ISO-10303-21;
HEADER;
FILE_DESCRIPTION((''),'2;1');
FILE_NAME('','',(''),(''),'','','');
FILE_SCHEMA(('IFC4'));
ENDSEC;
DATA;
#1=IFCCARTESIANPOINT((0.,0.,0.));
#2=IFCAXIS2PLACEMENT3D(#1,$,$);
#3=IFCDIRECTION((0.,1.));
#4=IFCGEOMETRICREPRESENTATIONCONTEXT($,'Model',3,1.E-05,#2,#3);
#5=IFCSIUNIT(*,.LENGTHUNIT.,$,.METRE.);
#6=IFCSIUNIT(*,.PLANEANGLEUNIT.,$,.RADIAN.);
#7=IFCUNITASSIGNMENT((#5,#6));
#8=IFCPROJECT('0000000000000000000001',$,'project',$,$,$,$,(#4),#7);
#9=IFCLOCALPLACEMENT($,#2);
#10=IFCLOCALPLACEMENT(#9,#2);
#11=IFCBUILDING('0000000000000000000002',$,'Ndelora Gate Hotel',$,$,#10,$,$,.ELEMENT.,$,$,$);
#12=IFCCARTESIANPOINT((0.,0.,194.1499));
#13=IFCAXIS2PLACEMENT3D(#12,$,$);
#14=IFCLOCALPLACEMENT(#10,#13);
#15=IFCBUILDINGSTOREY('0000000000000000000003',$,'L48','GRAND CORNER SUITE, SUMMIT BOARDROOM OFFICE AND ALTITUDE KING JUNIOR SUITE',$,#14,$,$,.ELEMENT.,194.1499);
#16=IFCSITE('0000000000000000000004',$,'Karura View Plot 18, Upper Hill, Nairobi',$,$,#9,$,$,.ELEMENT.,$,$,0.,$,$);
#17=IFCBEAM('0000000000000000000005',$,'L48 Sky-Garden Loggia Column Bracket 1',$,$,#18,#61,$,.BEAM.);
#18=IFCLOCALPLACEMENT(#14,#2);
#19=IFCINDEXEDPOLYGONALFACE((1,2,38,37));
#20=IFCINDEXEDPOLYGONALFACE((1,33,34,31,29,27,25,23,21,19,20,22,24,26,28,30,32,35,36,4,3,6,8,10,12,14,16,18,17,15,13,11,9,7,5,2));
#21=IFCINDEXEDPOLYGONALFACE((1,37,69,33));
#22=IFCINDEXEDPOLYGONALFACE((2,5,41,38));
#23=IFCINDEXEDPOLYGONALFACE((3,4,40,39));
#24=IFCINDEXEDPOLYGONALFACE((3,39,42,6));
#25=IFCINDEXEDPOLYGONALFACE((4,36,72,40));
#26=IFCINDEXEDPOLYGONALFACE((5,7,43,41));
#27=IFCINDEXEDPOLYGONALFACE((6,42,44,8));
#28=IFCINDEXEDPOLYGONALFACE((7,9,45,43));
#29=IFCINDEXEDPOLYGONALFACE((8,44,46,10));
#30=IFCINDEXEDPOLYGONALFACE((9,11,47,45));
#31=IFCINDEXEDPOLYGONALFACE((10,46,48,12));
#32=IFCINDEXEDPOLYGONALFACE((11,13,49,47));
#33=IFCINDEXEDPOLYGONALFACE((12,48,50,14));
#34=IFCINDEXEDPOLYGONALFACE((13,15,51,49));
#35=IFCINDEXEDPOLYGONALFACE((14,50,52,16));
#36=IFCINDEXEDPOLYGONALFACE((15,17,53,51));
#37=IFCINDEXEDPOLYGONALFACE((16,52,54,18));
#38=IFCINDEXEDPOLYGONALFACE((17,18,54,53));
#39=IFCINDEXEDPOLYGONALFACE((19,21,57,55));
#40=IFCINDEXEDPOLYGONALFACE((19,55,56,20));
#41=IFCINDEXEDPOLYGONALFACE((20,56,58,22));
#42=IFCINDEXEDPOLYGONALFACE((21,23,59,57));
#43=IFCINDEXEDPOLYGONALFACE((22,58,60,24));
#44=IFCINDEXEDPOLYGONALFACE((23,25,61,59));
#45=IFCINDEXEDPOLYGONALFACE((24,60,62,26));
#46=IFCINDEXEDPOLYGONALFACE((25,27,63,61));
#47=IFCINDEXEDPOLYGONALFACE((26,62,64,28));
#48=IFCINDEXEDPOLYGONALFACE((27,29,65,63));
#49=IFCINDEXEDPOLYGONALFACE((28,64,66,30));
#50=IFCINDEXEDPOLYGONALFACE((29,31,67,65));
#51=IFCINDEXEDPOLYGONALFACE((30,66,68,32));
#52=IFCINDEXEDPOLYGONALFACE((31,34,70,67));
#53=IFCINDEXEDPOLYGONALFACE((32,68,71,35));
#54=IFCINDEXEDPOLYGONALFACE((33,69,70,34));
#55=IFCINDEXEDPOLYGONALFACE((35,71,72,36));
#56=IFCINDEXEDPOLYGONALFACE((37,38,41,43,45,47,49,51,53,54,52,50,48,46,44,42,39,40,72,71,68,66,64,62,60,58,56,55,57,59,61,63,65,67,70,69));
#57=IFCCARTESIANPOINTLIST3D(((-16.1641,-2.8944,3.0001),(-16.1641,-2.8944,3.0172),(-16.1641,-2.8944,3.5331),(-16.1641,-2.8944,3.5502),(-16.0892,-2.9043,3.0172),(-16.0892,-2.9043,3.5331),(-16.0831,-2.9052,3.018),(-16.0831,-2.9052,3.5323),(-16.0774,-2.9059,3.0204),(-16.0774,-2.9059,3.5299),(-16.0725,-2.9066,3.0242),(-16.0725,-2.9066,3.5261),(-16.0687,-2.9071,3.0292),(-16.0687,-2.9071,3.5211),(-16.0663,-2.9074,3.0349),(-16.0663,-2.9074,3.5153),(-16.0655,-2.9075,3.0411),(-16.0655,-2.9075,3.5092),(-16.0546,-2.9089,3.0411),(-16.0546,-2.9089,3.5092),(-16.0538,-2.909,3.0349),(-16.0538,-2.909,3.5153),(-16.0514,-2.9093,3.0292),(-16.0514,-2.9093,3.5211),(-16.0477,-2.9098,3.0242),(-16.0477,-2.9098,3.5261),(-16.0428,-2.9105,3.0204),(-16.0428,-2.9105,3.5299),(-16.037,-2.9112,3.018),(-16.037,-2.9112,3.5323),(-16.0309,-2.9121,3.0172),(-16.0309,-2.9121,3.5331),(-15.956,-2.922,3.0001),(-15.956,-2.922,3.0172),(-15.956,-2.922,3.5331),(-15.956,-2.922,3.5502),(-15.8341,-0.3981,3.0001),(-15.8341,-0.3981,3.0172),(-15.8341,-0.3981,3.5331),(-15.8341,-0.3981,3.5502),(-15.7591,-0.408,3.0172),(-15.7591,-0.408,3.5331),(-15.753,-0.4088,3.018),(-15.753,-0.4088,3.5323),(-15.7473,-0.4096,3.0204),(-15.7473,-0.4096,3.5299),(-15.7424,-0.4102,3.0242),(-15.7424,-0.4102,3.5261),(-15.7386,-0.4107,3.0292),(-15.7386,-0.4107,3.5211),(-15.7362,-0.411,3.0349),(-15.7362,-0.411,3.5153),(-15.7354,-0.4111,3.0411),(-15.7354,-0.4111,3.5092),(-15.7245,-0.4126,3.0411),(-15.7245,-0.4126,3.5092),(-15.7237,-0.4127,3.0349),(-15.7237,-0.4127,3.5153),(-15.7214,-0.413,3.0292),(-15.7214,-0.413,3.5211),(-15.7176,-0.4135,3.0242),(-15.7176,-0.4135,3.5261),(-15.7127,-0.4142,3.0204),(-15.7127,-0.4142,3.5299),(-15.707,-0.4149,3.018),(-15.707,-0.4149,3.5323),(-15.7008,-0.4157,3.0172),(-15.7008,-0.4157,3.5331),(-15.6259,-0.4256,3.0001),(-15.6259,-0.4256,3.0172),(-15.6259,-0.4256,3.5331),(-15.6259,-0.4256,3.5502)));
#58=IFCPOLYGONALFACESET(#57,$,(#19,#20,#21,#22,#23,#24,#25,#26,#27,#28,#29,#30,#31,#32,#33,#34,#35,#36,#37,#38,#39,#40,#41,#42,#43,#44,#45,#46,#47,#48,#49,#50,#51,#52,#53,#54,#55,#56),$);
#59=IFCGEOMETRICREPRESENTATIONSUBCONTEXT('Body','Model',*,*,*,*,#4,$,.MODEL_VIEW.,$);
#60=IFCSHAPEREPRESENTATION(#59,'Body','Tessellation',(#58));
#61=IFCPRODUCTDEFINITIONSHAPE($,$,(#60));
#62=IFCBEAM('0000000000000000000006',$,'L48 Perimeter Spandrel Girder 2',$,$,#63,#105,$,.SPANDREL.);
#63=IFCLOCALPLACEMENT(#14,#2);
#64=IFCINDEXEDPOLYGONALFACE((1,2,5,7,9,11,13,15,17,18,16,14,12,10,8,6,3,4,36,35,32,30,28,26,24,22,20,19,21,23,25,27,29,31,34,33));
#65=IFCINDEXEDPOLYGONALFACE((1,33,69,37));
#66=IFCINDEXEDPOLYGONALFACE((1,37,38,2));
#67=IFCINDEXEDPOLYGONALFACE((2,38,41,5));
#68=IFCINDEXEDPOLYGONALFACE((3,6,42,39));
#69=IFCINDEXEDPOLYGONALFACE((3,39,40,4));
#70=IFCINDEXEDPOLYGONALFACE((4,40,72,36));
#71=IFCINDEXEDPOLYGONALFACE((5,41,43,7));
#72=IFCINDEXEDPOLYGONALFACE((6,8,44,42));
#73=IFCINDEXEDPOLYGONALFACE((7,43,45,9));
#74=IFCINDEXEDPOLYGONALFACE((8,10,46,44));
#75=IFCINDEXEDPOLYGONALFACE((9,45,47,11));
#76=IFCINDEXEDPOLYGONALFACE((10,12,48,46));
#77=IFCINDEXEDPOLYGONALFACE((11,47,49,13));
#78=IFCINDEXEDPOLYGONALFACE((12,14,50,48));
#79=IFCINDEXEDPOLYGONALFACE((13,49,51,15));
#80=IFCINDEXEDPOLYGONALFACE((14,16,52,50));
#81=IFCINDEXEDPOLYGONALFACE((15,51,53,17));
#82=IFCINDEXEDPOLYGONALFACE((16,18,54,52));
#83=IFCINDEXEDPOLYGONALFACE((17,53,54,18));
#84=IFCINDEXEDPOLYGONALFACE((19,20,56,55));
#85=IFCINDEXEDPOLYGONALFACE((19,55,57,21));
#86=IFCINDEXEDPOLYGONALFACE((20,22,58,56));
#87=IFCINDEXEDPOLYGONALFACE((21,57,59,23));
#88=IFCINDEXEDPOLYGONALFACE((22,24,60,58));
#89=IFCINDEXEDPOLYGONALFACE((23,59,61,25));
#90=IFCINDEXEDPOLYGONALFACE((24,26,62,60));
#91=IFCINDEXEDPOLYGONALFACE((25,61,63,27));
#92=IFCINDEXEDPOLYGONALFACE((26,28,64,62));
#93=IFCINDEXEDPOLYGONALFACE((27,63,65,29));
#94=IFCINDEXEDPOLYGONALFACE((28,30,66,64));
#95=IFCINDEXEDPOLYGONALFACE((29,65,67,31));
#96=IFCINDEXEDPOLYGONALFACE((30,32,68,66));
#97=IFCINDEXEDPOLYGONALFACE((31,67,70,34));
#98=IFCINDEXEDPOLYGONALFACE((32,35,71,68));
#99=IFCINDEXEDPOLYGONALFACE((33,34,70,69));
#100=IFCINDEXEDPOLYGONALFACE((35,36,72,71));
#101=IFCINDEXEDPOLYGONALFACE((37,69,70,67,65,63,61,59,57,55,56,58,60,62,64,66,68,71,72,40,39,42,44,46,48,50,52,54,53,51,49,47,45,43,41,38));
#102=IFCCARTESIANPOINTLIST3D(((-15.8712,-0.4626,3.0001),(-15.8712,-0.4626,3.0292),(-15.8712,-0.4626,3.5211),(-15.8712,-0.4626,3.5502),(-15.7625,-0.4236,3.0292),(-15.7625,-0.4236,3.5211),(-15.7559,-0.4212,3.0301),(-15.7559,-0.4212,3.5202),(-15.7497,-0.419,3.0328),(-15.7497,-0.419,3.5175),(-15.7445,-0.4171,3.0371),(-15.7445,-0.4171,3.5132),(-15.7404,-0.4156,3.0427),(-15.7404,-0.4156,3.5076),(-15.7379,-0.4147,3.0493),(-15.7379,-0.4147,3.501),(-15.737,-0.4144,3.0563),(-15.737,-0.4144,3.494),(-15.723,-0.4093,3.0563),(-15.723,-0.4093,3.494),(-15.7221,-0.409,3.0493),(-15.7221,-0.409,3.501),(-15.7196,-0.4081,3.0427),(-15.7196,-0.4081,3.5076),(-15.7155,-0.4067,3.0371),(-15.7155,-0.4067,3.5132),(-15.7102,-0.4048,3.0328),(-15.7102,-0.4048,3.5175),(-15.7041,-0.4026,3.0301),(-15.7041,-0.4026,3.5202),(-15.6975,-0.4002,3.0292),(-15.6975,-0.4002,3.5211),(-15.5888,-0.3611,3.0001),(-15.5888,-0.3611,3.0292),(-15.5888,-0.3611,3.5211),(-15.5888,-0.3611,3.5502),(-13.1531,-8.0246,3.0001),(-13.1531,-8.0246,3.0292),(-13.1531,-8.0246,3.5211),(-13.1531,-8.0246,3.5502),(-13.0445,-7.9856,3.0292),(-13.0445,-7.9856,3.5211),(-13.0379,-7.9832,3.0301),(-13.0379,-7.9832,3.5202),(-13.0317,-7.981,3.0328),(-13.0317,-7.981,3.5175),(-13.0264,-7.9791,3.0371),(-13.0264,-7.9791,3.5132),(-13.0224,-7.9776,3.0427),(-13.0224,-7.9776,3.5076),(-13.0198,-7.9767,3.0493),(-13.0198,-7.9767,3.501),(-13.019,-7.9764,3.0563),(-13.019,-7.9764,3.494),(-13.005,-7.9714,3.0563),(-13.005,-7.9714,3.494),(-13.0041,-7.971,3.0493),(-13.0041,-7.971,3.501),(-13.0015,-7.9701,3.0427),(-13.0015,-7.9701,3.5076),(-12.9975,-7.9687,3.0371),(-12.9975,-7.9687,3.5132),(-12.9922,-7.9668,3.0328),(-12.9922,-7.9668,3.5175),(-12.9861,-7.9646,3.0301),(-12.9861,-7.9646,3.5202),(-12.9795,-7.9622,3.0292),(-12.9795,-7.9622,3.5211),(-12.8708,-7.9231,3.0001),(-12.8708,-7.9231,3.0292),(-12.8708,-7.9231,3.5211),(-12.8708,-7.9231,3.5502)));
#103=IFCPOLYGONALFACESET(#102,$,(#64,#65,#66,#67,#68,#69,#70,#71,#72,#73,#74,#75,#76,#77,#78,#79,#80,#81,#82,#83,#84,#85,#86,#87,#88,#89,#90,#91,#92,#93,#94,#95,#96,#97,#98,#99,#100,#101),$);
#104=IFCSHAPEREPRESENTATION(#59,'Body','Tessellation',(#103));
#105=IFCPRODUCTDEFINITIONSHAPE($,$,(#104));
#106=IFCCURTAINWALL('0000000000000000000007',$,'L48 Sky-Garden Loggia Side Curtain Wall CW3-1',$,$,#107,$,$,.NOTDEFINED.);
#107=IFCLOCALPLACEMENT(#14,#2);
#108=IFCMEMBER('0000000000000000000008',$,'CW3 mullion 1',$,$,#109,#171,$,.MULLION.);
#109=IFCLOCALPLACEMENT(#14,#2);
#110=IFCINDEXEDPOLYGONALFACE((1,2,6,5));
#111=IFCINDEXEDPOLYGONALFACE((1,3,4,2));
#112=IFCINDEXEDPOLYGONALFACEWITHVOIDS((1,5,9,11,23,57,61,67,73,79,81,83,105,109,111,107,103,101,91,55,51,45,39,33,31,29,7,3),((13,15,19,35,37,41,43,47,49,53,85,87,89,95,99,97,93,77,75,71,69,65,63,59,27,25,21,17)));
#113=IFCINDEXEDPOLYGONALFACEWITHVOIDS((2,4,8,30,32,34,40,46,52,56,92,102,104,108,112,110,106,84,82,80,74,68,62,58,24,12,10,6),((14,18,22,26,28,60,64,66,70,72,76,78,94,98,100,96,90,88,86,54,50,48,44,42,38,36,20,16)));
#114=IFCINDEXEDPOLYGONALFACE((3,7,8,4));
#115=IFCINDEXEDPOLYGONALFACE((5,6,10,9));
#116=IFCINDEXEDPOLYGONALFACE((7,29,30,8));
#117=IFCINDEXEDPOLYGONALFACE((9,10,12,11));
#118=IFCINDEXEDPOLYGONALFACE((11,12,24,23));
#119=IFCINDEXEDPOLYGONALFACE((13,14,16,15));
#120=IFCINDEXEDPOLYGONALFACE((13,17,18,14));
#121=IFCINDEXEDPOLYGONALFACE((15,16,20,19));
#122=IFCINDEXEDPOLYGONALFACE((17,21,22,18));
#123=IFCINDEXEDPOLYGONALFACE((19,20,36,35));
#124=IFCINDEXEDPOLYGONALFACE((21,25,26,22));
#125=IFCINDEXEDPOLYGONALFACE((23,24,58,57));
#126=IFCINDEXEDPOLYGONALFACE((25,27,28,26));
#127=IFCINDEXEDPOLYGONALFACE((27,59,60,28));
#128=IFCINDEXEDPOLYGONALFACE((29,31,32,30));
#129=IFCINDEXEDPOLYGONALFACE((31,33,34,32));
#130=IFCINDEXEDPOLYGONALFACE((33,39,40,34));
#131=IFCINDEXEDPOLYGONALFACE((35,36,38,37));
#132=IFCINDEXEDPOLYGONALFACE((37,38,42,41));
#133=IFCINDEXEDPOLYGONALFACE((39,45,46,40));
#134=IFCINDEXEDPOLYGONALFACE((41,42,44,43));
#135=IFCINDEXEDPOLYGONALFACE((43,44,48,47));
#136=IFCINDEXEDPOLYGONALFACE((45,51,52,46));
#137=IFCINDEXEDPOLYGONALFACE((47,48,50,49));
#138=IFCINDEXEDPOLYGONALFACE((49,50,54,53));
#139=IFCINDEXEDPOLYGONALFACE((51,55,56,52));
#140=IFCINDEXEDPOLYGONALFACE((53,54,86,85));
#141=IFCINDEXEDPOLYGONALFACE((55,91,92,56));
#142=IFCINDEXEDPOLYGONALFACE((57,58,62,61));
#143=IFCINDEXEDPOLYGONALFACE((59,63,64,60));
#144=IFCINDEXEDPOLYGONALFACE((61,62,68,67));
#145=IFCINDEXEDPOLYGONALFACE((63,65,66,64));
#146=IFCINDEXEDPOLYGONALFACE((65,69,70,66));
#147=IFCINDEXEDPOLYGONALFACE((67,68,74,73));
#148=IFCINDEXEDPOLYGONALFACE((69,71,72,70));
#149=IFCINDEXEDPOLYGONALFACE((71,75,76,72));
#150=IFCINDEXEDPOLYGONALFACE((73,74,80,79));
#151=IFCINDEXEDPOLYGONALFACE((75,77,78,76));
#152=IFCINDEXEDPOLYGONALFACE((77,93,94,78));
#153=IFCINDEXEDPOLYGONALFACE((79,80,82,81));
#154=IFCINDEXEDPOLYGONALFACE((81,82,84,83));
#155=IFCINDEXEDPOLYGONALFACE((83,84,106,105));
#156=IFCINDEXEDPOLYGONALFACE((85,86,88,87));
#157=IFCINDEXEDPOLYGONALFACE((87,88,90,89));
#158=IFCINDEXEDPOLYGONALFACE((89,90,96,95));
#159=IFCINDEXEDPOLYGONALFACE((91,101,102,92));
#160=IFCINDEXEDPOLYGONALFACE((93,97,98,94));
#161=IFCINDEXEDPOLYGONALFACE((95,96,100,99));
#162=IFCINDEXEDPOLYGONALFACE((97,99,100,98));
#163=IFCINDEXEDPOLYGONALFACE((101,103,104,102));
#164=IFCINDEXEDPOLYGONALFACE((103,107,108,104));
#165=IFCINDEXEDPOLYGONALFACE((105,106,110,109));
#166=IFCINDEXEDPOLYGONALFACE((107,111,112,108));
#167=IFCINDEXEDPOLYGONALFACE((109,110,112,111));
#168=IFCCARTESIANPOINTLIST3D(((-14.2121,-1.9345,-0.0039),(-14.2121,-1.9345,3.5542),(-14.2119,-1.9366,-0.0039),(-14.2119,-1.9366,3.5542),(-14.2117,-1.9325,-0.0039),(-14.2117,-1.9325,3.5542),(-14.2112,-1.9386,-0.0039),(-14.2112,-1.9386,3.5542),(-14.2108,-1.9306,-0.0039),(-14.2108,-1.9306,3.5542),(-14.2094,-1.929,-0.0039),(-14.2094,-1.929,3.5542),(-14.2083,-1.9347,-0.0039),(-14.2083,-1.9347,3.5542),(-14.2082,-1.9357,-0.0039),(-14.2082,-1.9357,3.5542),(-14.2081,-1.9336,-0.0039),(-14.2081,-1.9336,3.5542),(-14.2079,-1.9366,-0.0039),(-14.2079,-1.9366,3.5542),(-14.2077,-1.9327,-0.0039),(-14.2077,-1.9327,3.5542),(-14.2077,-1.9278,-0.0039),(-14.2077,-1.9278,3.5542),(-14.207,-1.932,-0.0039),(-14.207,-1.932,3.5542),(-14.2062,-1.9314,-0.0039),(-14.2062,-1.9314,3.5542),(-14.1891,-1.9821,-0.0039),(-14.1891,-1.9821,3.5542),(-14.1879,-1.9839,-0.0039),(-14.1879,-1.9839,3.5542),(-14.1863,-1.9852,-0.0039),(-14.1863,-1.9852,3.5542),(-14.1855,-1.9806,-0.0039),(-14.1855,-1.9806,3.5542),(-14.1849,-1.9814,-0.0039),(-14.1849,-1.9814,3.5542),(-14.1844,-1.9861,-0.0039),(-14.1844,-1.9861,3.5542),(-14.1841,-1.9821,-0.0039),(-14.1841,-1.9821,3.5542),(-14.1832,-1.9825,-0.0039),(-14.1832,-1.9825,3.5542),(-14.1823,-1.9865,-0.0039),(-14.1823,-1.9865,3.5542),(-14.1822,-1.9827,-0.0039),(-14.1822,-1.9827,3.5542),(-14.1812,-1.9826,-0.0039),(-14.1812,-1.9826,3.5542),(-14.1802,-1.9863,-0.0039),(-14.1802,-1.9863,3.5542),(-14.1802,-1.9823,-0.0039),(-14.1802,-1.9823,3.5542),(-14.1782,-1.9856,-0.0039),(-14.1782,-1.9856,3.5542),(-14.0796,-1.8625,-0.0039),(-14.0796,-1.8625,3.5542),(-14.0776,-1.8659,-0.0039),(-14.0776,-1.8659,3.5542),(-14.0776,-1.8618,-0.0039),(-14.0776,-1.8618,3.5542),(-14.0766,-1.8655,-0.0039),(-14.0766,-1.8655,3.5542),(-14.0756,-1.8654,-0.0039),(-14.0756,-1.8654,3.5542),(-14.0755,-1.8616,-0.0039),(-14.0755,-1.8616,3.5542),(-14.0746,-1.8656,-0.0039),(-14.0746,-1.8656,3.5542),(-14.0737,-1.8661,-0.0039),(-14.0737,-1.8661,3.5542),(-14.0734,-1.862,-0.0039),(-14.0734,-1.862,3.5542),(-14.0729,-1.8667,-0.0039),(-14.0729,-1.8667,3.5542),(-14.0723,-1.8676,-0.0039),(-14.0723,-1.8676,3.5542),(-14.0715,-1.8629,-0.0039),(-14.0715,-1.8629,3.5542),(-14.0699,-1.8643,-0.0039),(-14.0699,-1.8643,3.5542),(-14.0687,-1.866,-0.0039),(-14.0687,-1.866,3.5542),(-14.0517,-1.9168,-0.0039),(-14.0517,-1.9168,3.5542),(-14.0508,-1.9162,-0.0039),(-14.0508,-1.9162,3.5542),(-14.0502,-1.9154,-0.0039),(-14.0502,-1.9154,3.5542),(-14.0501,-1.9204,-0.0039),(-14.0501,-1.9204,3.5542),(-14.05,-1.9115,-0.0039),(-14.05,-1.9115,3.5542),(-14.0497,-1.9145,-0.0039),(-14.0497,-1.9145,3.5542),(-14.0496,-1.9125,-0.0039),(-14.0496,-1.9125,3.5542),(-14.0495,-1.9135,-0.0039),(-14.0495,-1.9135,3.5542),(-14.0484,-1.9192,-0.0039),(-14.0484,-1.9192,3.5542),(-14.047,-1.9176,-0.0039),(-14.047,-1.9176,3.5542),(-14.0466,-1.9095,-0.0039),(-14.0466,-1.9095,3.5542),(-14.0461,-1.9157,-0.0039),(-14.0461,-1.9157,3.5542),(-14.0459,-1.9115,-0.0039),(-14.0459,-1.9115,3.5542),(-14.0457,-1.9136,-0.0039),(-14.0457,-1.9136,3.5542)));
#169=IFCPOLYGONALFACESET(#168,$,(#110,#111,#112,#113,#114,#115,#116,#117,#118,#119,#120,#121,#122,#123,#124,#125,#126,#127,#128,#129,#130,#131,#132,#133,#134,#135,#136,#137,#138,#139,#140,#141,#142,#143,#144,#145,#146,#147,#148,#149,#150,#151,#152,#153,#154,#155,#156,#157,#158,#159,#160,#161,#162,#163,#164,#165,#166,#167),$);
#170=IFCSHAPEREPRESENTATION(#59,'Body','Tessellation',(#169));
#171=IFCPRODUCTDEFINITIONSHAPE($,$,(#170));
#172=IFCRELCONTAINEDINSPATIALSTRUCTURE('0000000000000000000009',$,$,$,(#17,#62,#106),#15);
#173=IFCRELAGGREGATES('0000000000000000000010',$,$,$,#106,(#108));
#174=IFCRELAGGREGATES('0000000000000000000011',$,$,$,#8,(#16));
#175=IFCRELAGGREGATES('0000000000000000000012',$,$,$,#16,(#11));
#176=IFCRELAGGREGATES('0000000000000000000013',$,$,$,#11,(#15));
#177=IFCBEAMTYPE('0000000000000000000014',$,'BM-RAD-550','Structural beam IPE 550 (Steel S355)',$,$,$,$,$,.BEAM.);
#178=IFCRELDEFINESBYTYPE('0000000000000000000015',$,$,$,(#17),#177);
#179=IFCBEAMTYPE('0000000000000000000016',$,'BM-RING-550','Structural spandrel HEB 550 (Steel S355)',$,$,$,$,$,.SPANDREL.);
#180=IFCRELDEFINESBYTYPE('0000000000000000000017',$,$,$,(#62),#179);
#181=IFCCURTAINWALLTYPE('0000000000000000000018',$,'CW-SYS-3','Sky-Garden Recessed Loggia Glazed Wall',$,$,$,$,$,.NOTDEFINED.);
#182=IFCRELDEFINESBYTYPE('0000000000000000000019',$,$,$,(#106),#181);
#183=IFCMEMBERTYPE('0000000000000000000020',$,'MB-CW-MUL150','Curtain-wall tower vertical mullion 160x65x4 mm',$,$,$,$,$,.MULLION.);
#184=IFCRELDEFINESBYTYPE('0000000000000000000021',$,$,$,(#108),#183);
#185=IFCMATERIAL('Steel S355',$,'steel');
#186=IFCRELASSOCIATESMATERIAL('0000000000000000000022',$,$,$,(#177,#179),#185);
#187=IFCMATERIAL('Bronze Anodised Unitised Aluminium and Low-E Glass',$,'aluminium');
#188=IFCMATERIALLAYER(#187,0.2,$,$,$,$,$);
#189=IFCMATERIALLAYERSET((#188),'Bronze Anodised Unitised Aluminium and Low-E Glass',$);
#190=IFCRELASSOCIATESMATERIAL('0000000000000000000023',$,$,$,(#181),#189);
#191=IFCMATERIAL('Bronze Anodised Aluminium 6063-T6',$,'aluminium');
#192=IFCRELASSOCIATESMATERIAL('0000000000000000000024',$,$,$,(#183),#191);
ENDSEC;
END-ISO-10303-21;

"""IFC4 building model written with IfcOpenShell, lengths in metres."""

from ifc_helpers import new_model, si_unit, direction, frame, origin, origin_2d, place, context, subcontext, project, spatial, hollow_rectangle, i_section, extrude, material, layer, layer_set, material_profile, profile_set, type_object, element, aggregate, save


model = new_model("IFC4")

# Units and contexts
model_context = context("Model", 3, precision=1e-05, world=origin(), true_north=direction((0.0, 1.0)))
body_context = subcontext(model_context, "Body", "Model", "MODEL_VIEW")
ifc_project = project(units=[si_unit("LENGTHUNIT", "METRE"), si_unit("PLANEANGLEUNIT", "RADIAN")], contexts=[model_context])

# Site, building, storey
site_placement = place(None, origin())
site = spatial("IfcSite", under=ifc_project, at=site_placement, Name="Karura View Plot 18, Upper Hill, Nairobi", CompositionType="ELEMENT", RefElevation=0.0)
building_placement = place(site_placement, origin())
building = spatial("IfcBuilding", under=site, at=building_placement, Name="Ndelora Gate Hotel", CompositionType="ELEMENT")
storey_placement = place(building_placement, frame((0.0, 0.0, 194.1499)))
storey = spatial("IfcBuildingStorey", under=building, at=storey_placement, Name="L48", Description="GRAND CORNER SUITE, SUMMIT BOARDROOM OFFICE AND ALTITUDE KING JUNIOR SUITE", CompositionType="ELEMENT", Elevation=194.1499)

# Beams
ifc_material_1 = material(Name="Steel S355", Category="steel")
ifc_material_profile_1 = material_profile(ifc_material_1, i_section(OverallWidth=0.21, OverallDepth=0.55, WebThickness=0.011, FlangeThickness=0.0171, FilletRadius=0.0239, at=origin_2d()), Name="IPE 550")
ifc_profile_set_1 = profile_set([ifc_material_profile_1], Name="Steel S355")
beam_type_1 = type_object("IfcBeamType", Name="BM-RAD-550", Description="Structural beam IPE 550 (Steel S355)", PredefinedType="BEAM", material=ifc_profile_set_1)
beam_1_placement = place(storey_placement, frame((-15.73, -0.4119, 3.2751), z_axis=(-0.131084, -0.991371, 0.0), x_axis=(0.991371, -0.131084, 0.0)))
element("IfcBeam", 1, at=beam_1_placement, inside=storey, type_object=beam_type_1, Name="L48 Sky-Garden Loggia Column Bracket 1", PredefinedType="BEAM", context=body_context, shape_type="SweptSolid", body=[
    extrude(i_section(OverallWidth=0.21, OverallDepth=0.55, WebThickness=0.011, FlangeThickness=0.0171, FilletRadius=0.0239, at=origin_2d()), origin(), (0.0, 0.0, 1.0), 2.5181),
])
ifc_material_profile_2 = material_profile(ifc_material_1, i_section(OverallWidth=0.3, OverallDepth=0.55, WebThickness=0.0149, FlangeThickness=0.0291, FilletRadius=0.0271, at=origin_2d()), Name="HEB 550")
ifc_profile_set_2 = profile_set([ifc_material_profile_2], Name="Steel S355")
beam_type_2 = type_object("IfcBeamType", Name="BM-RING-550", Description="Structural spandrel HEB 550 (Steel S355)", PredefinedType="SPANDREL", material=ifc_profile_set_2)
beam_2_placement = place(storey_placement, frame((-15.73, -0.4119, 3.2751), z_axis=(0.338245, -0.941058, 0.0), x_axis=(0.941058, 0.338245, 0.0)))
element("IfcBeam", 2, at=beam_2_placement, inside=storey, type_object=beam_type_2, Name="L48 Perimeter Spandrel Girder 2", PredefinedType="SPANDREL", context=body_context, shape_type="SweptSolid", body=[
    extrude(i_section(OverallWidth=0.3, OverallDepth=0.55, WebThickness=0.0149, FlangeThickness=0.0291, FilletRadius=0.0271, at=origin_2d()), origin(), (0.0, 0.0, 1.0), 8.0356),
])

# Curtain wall, member
ifc_material_2 = material(Name="Bronze Anodised Unitised Aluminium and Low-E Glass", Category="aluminium")
ifc_layer_1 = layer(ifc_material_2, 0.2)
ifc_layer_set_1 = layer_set([ifc_layer_1], Name="Bronze Anodised Unitised Aluminium and Low-E Glass")
curtain_wall_type = type_object("IfcCurtainWallType", Name="CW-SYS-3", Description="Sky-Garden Recessed Loggia Glazed Wall", PredefinedType="NOTDEFINED", material=ifc_layer_set_1)
curtain_wall_placement = place(storey_placement, origin())
curtain_wall = element("IfcCurtainWall", 3, at=curtain_wall_placement, inside=storey, type_object=curtain_wall_type, Name="L48 Sky-Garden Loggia Side Curtain Wall CW3-1", PredefinedType="NOTDEFINED")
ifc_material_3 = material(Name="Bronze Anodised Aluminium 6063-T6", Category="aluminium")
ifc_material_profile_3 = material_profile(ifc_material_3, hollow_rectangle(XDim=0.0649, YDim=0.1599, WallThickness=0.0039, InnerFilletRadius=0.0039, OuterFilletRadius=0.0081, at=origin_2d()), Name="ALU 160x65x4")
ifc_profile_set_3 = profile_set([ifc_material_profile_3], Name="Bronze Anodised Aluminium 6063-T6")
member_type_1 = type_object("IfcMemberType", Name="MB-CW-MUL150", Description="Curtain-wall tower vertical mullion 160x65x4 mm", PredefinedType="MULLION", material=ifc_profile_set_3)
member_1_placement = place(storey_placement, frame((-14.1289, -1.9241, -0.0039), z_axis=(0.0, 0.0, 1.0), x_axis=(0.454001, -0.891001, 0.0)))
member_1 = element("IfcMember", 4, at=member_1_placement, type_object=member_type_1, Name="CW3 mullion 1", PredefinedType="MULLION", context=body_context, shape_type="SweptSolid", body=[
    extrude(hollow_rectangle(XDim=0.0649, YDim=0.1599, WallThickness=0.0039, InnerFilletRadius=0.0039, OuterFilletRadius=0.0081, at=origin_2d()), origin(), (0.0, 0.0, 1.0), 3.5581),
])
aggregate(curtain_wall, [member_1])

save(model, "model.ifc")
